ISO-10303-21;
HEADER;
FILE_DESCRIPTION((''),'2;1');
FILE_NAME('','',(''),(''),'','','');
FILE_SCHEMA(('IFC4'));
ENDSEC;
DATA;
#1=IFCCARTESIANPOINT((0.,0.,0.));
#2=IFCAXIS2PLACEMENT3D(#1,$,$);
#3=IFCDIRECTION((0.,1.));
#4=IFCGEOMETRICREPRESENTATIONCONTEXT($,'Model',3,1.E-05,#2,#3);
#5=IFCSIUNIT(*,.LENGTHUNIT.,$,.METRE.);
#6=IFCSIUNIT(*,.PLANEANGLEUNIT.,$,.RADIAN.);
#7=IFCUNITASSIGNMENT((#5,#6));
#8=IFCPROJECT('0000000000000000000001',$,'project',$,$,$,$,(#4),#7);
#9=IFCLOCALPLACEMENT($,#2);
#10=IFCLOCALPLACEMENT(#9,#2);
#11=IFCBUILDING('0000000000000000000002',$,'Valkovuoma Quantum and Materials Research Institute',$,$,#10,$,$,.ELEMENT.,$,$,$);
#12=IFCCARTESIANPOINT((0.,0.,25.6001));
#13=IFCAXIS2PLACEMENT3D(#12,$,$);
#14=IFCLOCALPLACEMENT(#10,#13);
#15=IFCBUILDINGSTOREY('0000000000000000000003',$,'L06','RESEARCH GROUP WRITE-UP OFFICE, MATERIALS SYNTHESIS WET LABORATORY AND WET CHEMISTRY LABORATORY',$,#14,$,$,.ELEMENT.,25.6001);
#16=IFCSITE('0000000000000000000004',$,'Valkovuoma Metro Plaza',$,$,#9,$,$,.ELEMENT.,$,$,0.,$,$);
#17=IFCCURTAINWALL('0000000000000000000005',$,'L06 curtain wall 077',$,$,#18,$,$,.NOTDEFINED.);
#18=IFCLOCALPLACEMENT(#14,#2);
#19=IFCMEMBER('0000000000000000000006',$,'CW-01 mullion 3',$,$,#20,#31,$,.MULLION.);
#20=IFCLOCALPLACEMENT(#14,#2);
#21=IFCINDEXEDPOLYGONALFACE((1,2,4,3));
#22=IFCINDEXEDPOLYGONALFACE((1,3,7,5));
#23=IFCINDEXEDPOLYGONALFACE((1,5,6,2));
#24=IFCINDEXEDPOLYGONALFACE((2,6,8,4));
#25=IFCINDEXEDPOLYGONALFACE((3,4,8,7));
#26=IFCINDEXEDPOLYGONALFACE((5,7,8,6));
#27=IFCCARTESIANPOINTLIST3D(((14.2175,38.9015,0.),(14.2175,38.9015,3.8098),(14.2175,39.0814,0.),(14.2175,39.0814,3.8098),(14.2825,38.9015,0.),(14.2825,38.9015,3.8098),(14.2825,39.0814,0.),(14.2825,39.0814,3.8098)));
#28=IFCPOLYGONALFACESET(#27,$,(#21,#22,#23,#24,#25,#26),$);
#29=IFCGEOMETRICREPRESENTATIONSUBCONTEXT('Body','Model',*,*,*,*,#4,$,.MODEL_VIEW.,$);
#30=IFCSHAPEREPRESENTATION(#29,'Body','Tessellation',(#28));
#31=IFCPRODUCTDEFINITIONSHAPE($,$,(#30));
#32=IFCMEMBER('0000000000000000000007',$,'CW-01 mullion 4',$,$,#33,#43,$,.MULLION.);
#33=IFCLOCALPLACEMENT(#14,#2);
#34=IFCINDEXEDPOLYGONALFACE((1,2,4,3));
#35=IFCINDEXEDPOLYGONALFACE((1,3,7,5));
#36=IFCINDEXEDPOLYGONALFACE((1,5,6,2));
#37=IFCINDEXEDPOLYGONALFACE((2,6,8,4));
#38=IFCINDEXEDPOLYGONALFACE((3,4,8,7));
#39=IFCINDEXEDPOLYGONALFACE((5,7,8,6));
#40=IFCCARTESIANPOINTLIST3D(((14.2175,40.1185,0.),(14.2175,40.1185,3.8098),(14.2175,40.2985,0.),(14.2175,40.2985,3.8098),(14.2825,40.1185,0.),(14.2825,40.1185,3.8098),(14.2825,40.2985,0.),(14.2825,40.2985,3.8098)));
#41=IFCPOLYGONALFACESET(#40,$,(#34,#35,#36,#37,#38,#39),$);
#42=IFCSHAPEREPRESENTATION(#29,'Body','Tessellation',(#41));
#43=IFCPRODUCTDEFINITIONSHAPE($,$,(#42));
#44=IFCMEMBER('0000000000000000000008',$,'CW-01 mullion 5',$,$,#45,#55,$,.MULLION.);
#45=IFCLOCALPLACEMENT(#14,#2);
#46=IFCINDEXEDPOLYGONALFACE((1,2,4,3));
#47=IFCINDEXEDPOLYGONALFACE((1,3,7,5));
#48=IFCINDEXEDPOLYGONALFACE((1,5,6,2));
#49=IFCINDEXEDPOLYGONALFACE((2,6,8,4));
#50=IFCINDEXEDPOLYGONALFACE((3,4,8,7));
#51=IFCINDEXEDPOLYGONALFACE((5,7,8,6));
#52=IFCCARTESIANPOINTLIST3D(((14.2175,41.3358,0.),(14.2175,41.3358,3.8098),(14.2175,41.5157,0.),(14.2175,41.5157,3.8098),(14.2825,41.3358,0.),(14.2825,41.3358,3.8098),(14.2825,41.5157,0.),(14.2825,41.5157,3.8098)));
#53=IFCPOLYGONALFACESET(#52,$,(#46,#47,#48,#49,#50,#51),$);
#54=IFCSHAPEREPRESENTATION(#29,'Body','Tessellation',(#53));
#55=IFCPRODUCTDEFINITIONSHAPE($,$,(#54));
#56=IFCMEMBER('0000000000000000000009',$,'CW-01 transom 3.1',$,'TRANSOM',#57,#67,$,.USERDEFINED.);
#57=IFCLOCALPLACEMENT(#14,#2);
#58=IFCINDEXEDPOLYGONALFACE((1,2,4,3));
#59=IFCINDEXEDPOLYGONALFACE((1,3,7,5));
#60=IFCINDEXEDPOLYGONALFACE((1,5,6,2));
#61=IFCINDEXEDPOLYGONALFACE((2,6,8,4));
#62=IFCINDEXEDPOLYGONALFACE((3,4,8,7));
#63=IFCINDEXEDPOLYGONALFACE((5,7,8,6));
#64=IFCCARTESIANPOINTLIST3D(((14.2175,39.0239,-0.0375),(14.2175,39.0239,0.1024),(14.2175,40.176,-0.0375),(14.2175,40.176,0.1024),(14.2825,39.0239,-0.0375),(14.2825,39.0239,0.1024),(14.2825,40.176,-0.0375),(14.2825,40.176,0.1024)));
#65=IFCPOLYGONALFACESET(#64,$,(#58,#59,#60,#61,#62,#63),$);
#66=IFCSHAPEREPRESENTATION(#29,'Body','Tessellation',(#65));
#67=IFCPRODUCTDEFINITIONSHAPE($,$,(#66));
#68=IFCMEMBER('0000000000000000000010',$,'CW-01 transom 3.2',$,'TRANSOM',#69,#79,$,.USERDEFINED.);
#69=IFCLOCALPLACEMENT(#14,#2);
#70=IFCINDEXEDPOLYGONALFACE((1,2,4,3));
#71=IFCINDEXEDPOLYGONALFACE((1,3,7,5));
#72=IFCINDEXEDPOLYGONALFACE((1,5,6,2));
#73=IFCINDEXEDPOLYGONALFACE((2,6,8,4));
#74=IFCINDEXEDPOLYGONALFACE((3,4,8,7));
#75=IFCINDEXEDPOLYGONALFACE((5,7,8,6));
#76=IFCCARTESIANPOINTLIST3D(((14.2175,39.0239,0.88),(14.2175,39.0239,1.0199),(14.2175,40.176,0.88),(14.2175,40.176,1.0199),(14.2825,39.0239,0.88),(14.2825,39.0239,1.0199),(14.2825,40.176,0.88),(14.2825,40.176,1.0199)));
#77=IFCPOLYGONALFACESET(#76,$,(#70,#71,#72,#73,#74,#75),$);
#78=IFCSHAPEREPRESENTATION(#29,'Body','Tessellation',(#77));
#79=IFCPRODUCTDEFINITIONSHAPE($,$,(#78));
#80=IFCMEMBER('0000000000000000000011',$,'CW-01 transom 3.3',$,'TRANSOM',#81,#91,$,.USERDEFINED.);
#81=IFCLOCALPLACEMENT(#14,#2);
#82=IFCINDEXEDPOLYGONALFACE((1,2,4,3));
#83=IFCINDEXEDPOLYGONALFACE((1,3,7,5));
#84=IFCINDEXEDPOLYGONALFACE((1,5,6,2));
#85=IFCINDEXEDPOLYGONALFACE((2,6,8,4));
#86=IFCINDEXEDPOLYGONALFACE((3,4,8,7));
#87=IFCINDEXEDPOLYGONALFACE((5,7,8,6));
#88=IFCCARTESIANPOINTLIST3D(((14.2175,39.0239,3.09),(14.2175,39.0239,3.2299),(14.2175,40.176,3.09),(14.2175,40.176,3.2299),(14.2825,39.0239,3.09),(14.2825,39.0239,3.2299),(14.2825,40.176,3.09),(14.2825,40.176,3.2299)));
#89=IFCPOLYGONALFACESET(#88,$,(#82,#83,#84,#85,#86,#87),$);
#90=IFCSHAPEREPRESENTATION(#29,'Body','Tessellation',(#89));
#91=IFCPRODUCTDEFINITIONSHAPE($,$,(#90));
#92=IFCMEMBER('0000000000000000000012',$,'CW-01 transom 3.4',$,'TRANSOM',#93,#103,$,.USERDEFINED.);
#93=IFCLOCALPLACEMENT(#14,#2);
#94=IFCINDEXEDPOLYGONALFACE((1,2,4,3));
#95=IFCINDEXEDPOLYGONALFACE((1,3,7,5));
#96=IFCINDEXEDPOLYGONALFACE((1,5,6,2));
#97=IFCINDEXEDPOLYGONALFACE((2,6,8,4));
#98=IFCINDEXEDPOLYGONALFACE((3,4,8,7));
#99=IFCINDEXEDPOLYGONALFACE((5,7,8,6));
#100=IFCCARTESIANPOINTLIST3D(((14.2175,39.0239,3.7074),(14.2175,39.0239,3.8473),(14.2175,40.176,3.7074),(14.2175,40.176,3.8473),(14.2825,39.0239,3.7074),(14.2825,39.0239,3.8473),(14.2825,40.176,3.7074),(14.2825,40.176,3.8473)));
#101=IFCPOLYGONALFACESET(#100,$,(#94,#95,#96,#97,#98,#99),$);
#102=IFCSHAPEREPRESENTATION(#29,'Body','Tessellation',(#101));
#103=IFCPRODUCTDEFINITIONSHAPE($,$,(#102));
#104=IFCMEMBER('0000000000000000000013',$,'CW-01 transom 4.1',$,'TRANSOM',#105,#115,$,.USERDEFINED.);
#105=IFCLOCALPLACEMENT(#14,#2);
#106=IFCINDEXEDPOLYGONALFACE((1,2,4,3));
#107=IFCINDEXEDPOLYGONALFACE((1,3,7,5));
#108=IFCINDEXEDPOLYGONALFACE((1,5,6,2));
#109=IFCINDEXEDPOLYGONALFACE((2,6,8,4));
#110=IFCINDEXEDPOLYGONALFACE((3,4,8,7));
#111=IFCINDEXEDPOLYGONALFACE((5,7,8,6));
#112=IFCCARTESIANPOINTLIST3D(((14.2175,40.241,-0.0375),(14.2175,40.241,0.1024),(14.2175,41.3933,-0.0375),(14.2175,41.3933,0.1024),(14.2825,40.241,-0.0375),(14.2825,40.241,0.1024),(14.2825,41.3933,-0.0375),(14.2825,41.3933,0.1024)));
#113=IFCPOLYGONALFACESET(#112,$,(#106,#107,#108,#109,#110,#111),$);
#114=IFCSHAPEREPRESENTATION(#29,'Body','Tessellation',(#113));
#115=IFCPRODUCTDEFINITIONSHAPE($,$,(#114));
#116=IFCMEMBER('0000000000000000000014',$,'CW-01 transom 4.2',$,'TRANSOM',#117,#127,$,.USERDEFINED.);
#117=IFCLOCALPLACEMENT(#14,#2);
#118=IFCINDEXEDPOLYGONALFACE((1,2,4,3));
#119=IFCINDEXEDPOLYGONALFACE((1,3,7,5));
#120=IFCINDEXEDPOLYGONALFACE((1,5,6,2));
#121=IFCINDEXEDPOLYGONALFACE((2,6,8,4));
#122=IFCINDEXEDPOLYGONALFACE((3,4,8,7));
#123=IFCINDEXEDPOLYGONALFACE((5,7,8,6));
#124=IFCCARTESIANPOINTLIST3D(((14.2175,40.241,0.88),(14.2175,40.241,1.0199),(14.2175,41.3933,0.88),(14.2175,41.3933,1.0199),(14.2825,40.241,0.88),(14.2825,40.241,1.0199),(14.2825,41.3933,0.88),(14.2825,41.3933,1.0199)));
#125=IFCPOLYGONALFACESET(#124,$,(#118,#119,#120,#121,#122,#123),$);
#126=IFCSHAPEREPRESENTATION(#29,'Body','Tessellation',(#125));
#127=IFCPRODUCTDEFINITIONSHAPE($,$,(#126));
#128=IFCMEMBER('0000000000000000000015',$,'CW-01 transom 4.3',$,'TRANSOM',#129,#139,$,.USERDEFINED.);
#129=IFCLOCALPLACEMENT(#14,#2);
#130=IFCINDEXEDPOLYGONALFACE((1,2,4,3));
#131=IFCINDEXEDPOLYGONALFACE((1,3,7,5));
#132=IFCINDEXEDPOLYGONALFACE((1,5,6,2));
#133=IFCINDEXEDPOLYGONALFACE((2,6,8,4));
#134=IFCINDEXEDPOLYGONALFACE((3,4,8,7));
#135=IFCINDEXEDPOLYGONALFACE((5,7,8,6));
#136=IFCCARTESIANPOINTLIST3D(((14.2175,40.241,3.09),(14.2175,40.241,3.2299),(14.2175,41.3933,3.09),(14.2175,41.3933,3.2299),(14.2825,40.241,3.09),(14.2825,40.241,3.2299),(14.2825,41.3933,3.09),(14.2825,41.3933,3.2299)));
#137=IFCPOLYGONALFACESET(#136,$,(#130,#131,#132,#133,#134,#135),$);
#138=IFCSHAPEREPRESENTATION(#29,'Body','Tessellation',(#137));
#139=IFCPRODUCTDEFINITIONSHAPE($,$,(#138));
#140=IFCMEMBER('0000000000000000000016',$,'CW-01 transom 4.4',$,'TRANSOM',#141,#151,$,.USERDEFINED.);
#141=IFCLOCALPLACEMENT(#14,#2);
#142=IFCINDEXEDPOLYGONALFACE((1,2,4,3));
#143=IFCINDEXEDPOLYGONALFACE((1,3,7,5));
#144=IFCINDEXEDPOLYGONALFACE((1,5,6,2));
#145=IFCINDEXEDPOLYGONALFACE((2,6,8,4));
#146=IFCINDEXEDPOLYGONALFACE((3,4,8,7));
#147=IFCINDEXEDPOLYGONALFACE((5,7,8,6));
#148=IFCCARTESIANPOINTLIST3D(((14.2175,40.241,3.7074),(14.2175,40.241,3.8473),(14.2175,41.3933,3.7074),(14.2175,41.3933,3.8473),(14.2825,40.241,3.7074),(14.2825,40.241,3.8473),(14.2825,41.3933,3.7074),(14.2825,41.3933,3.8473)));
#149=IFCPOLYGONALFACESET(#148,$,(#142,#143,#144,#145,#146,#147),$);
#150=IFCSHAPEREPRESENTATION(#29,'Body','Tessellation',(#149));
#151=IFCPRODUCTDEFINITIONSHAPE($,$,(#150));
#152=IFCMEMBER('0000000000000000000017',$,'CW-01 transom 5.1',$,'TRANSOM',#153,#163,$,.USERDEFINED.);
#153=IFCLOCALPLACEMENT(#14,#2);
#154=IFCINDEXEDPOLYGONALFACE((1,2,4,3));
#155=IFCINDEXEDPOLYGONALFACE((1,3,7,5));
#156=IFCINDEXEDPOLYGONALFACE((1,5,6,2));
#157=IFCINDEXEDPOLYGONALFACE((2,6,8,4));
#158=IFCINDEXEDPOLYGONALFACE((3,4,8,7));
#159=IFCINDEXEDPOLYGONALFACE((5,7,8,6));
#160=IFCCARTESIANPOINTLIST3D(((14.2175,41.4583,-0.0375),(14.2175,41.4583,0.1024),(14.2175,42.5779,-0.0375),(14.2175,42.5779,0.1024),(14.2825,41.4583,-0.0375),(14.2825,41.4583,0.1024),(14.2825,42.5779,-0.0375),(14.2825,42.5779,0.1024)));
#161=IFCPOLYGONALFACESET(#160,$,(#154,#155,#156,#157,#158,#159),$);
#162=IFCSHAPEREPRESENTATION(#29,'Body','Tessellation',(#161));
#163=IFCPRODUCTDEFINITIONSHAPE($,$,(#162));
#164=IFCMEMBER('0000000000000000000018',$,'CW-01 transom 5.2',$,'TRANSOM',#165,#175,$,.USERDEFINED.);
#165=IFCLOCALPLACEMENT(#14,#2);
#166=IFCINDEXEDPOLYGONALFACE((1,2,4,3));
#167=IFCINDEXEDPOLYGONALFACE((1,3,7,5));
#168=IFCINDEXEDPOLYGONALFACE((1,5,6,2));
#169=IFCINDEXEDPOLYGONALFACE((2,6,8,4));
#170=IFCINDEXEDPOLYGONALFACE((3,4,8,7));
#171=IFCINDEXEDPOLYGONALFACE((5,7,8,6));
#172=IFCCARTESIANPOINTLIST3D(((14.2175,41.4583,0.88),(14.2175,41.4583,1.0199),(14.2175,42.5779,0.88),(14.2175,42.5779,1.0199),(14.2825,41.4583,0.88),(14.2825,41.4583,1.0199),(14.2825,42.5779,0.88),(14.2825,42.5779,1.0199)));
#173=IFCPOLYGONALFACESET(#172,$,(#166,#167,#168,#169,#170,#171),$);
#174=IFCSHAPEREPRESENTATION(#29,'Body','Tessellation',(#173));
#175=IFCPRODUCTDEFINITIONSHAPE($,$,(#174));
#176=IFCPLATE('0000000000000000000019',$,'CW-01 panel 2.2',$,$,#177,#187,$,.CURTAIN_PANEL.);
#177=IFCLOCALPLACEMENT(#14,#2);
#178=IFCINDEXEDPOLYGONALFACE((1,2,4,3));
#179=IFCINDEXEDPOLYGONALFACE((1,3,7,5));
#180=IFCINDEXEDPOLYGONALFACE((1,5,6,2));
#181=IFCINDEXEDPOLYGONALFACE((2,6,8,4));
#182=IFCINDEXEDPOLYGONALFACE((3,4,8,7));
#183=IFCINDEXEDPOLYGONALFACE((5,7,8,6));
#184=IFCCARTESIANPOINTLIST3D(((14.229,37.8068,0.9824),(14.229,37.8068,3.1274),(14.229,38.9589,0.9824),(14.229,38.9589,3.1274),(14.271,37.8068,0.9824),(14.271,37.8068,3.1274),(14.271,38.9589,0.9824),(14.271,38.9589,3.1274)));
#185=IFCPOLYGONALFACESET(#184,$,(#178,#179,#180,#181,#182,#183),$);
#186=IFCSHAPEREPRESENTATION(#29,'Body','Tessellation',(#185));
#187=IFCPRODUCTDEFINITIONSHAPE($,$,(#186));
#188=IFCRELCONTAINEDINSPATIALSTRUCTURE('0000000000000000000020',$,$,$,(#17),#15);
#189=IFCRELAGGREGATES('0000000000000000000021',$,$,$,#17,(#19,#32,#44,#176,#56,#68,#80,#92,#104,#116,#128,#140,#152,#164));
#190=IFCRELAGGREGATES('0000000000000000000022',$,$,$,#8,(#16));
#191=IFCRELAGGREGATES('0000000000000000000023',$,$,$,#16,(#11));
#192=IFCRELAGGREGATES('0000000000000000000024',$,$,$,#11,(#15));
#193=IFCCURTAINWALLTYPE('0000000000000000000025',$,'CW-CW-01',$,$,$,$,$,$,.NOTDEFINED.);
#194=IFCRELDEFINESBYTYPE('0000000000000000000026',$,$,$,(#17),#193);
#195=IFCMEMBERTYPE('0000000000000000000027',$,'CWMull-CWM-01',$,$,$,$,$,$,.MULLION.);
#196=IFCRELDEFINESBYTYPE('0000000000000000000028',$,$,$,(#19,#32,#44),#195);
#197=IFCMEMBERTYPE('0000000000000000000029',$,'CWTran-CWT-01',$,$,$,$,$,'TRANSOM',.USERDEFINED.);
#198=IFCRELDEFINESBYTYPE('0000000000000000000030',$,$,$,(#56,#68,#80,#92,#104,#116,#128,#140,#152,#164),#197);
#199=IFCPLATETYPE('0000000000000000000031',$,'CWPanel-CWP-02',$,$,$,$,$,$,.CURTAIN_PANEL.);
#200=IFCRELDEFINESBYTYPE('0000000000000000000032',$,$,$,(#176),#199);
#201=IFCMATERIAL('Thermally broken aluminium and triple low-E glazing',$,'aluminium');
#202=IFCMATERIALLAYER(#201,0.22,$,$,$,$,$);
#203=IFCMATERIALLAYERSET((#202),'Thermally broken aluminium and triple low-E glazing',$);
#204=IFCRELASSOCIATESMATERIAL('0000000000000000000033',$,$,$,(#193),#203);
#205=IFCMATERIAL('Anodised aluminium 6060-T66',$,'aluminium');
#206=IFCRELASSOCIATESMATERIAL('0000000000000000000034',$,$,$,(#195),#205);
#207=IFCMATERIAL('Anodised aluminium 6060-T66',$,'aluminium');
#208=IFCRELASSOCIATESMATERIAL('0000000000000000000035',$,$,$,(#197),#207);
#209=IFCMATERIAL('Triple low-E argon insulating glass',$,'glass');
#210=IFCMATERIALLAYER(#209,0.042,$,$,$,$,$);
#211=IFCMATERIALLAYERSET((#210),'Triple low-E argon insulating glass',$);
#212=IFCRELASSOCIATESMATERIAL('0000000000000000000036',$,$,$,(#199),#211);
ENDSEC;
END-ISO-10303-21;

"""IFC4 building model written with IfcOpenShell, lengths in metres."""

from ifc_helpers import new_model, si_unit, direction, frame, origin, origin_2d, place, context, subcontext, project, spatial, rectangle, extrude, material, layer, layer_set, material_profile, profile_set, type_object, element, aggregate, save


model = new_model("IFC4")

# Units and contexts
model_context = context("Model", 3, precision=1e-05, world=origin(), true_north=direction((0.0, 1.0)))
body_context = subcontext(model_context, "Body", "Model", "MODEL_VIEW")
ifc_project = project(units=[si_unit("LENGTHUNIT", "METRE"), si_unit("PLANEANGLEUNIT", "RADIAN")], contexts=[model_context])

# Site, building, storey
site_placement = place(None, origin())
site = spatial("IfcSite", under=ifc_project, at=site_placement, Name="Valkovuoma Metro Plaza", CompositionType="ELEMENT", RefElevation=0.0)
building_placement = place(site_placement, origin())
building = spatial("IfcBuilding", under=site, at=building_placement, Name="Valkovuoma Quantum and Materials Research Institute", CompositionType="ELEMENT")
storey_placement = place(building_placement, frame((0.0, 0.0, 25.6001)))
storey = spatial("IfcBuildingStorey", under=building, at=storey_placement, Name="L06", Description="RESEARCH GROUP WRITE-UP OFFICE, MATERIALS SYNTHESIS WET LABORATORY AND WET CHEMISTRY LABORATORY", CompositionType="ELEMENT", Elevation=25.6001)

# Curtain wall, members, plate
ifc_material_1 = material(Name="Thermally broken aluminium and triple low-E glazing", Category="aluminium")
ifc_layer_1 = layer(ifc_material_1, 0.22)
ifc_layer_set_1 = layer_set([ifc_layer_1], Name="Thermally broken aluminium and triple low-E glazing")
curtain_wall_type = type_object("IfcCurtainWallType", Name="CW-CW-01", PredefinedType="NOTDEFINED", material=ifc_layer_set_1)
curtain_wall_placement = place(storey_placement, origin())
curtain_wall = element("IfcCurtainWall", 1, at=curtain_wall_placement, inside=storey, type_object=curtain_wall_type, Name="L06 curtain wall 077", PredefinedType="NOTDEFINED")
ifc_material_2 = material(Name="Anodised aluminium 6060-T66", Category="aluminium")
ifc_material_profile_1 = material_profile(ifc_material_2, rectangle(XDim=0.0649, YDim=0.1799, at=origin_2d()), Name="Anodised aluminium 6060-T66")
ifc_profile_set_1 = profile_set([ifc_material_profile_1], Name="Anodised aluminium 6060-T66")
member_type_1 = type_object("IfcMemberType", Name="CWMull-CWM-01", PredefinedType="MULLION", material=ifc_profile_set_1)
member_1_placement = place(storey_placement, frame((14.25, 38.9915, 0.0), z_axis=(0.0, 0.0, 1.0), x_axis=(-1.0, 0.0, 0.0)))
member_1 = element("IfcMember", 2, at=member_1_placement, type_object=member_type_1, Name="CW-01 mullion 3", PredefinedType="MULLION", context=body_context, shape_type="SweptSolid", body=[
    extrude(rectangle(XDim=0.0649, YDim=0.1799, at=origin_2d()), origin(), (0.0, 0.0, 1.0), 3.8098),
])
member_2_placement = place(storey_placement, frame((14.25, 40.2085, 0.0), z_axis=(0.0, 0.0, 1.0), x_axis=(-1.0, 0.0, 0.0)))
member_2 = element("IfcMember", 3, at=member_2_placement, type_object=member_type_1, Name="CW-01 mullion 4", PredefinedType="MULLION", context=body_context, shape_type="SweptSolid", body=[
    extrude(rectangle(XDim=0.0649, YDim=0.1799, at=origin_2d()), origin(), (0.0, 0.0, 1.0), 3.8098),
])
member_3_placement = place(storey_placement, frame((14.25, 41.4258, 0.0), z_axis=(0.0, 0.0, 1.0), x_axis=(-1.0, 0.0, 0.0)))
member_3 = element("IfcMember", 4, at=member_3_placement, type_object=member_type_1, Name="CW-01 mullion 5", PredefinedType="MULLION", context=body_context, shape_type="SweptSolid", body=[
    extrude(rectangle(XDim=0.0649, YDim=0.1799, at=origin_2d()), origin(), (0.0, 0.0, 1.0), 3.8098),
])
ifc_material_3 = material(Name="Anodised aluminium 6060-T66", Category="aluminium")
ifc_material_profile_2 = material_profile(ifc_material_3, rectangle(XDim=0.0649, YDim=0.1399, at=origin_2d()), Name="Anodised aluminium 6060-T66")
ifc_profile_set_2 = profile_set([ifc_material_profile_2], Name="Anodised aluminium 6060-T66")
member_type_2 = type_object("IfcMemberType", Name="CWTran-CWT-01", ElementType="TRANSOM", PredefinedType="USERDEFINED", material=ifc_profile_set_2)
member_4_placement = place(storey_placement, frame((14.25, 39.0239, 0.0325), z_axis=(0.0, 1.0, 0.0), x_axis=(-1.0, 0.0, 0.0)))
member_4 = element("IfcMember", 5, at=member_4_placement, type_object=member_type_2, Name="CW-01 transom 3.1", ObjectType="TRANSOM", PredefinedType="USERDEFINED", context=body_context, shape_type="SweptSolid", body=[
    extrude(rectangle(XDim=0.0649, YDim=0.1399, at=origin_2d()), origin(), (0.0, 0.0, 1.0), 1.1521),
])
member_5_placement = place(storey_placement, frame((14.25, 39.0239, 0.95), z_axis=(0.0, 1.0, 0.0), x_axis=(-1.0, 0.0, 0.0)))
member_5 = element("IfcMember", 6, at=member_5_placement, type_object=member_type_2, Name="CW-01 transom 3.2", ObjectType="TRANSOM", PredefinedType="USERDEFINED", context=body_context, shape_type="SweptSolid", body=[
    extrude(rectangle(XDim=0.0649, YDim=0.1399, at=origin_2d()), origin(), (0.0, 0.0, 1.0), 1.1521),
])
member_6_placement = place(storey_placement, frame((14.25, 39.0239, 3.1599), z_axis=(0.0, 1.0, 0.0), x_axis=(-1.0, 0.0, 0.0)))
member_6 = element("IfcMember", 7, at=member_6_placement, type_object=member_type_2, Name="CW-01 transom 3.3", ObjectType="TRANSOM", PredefinedType="USERDEFINED", context=body_context, shape_type="SweptSolid", body=[
    extrude(rectangle(XDim=0.0649, YDim=0.1399, at=origin_2d()), origin(), (0.0, 0.0, 1.0), 1.1521),
])
member_7_placement = place(storey_placement, frame((14.25, 39.0239, 3.7773), z_axis=(0.0, 1.0, 0.0), x_axis=(-1.0, 0.0, 0.0)))
member_7 = element("IfcMember", 8, at=member_7_placement, type_object=member_type_2, Name="CW-01 transom 3.4", ObjectType="TRANSOM", PredefinedType="USERDEFINED", context=body_context, shape_type="SweptSolid", body=[
    extrude(rectangle(XDim=0.0649, YDim=0.1399, at=origin_2d()), origin(), (0.0, 0.0, 1.0), 1.1521),
])
member_8_placement = place(storey_placement, frame((14.25, 40.241, 0.0325), z_axis=(0.0, 1.0, 0.0), x_axis=(-1.0, 0.0, 0.0)))
member_8 = element("IfcMember", 9, at=member_8_placement, type_object=member_type_2, Name="CW-01 transom 4.1", ObjectType="TRANSOM", PredefinedType="USERDEFINED", context=body_context, shape_type="SweptSolid", body=[
    extrude(rectangle(XDim=0.0649, YDim=0.1399, at=origin_2d()), origin(), (0.0, 0.0, 1.0), 1.1523),
])
member_9_placement = place(storey_placement, frame((14.25, 40.241, 0.95), z_axis=(0.0, 1.0, 0.0), x_axis=(-1.0, 0.0, 0.0)))
member_9 = element("IfcMember", 10, at=member_9_placement, type_object=member_type_2, Name="CW-01 transom 4.2", ObjectType="TRANSOM", PredefinedType="USERDEFINED", context=body_context, shape_type="SweptSolid", body=[
    extrude(rectangle(XDim=0.0649, YDim=0.1399, at=origin_2d()), origin(), (0.0, 0.0, 1.0), 1.1523),
])
member_10_placement = place(storey_placement, frame((14.25, 40.241, 3.1599), z_axis=(0.0, 1.0, 0.0), x_axis=(-1.0, 0.0, 0.0)))
member_10 = element("IfcMember", 11, at=member_10_placement, type_object=member_type_2, Name="CW-01 transom 4.3", ObjectType="TRANSOM", PredefinedType="USERDEFINED", context=body_context, shape_type="SweptSolid", body=[
    extrude(rectangle(XDim=0.0649, YDim=0.1399, at=origin_2d()), origin(), (0.0, 0.0, 1.0), 1.1523),
])
member_11_placement = place(storey_placement, frame((14.25, 40.241, 3.7773), z_axis=(0.0, 1.0, 0.0), x_axis=(-1.0, 0.0, 0.0)))
member_11 = element("IfcMember", 12, at=member_11_placement, type_object=member_type_2, Name="CW-01 transom 4.4", ObjectType="TRANSOM", PredefinedType="USERDEFINED", context=body_context, shape_type="SweptSolid", body=[
    extrude(rectangle(XDim=0.0649, YDim=0.1399, at=origin_2d()), origin(), (0.0, 0.0, 1.0), 1.1523),
])
member_12_placement = place(storey_placement, frame((14.25, 41.4583, 0.0325), z_axis=(0.0, 1.0, 0.0), x_axis=(-1.0, 0.0, 0.0)))
member_12 = element("IfcMember", 13, at=member_12_placement, type_object=member_type_2, Name="CW-01 transom 5.1", ObjectType="TRANSOM", PredefinedType="USERDEFINED", context=body_context, shape_type="SweptSolid", body=[
    extrude(rectangle(XDim=0.0649, YDim=0.1399, at=origin_2d()), origin(), (0.0, 0.0, 1.0), 1.1196),
])
member_13_placement = place(storey_placement, frame((14.25, 41.4583, 0.95), z_axis=(0.0, 1.0, 0.0), x_axis=(-1.0, 0.0, 0.0)))
member_13 = element("IfcMember", 14, at=member_13_placement, type_object=member_type_2, Name="CW-01 transom 5.2", ObjectType="TRANSOM", PredefinedType="USERDEFINED", context=body_context, shape_type="SweptSolid", body=[
    extrude(rectangle(XDim=0.0649, YDim=0.1399, at=origin_2d()), origin(), (0.0, 0.0, 1.0), 1.1196),
])
ifc_material_4 = material(Name="Triple low-E argon insulating glass", Category="glass")
ifc_layer_2 = layer(ifc_material_4, 0.042)
ifc_layer_set_2 = layer_set([ifc_layer_2], Name="Triple low-E argon insulating glass")
plate_type = type_object("IfcPlateType", Name="CWPanel-CWP-02", PredefinedType="CURTAIN_PANEL", material=ifc_layer_set_2)
plate_1_placement = place(storey_placement, frame((14.25, 38.3828, 0.9824), z_axis=(0.0, 0.0, 1.0), x_axis=(0.0, 1.0, 0.0)))
plate_1 = element("IfcPlate", 15, at=plate_1_placement, type_object=plate_type, Name="CW-01 panel 2.2", PredefinedType="CURTAIN_PANEL", context=body_context, shape_type="SweptSolid", body=[
    extrude(rectangle(XDim=1.1521, YDim=0.042, at=origin_2d()), origin(), (0.0, 0.0, 1.0), 2.145),
])
aggregate(curtain_wall, [member_1, member_2, member_3, plate_1, member_4, member_5, member_6, member_7, member_8, member_9, member_10, member_11, member_12, member_13])

save(model, "model.ifc")
